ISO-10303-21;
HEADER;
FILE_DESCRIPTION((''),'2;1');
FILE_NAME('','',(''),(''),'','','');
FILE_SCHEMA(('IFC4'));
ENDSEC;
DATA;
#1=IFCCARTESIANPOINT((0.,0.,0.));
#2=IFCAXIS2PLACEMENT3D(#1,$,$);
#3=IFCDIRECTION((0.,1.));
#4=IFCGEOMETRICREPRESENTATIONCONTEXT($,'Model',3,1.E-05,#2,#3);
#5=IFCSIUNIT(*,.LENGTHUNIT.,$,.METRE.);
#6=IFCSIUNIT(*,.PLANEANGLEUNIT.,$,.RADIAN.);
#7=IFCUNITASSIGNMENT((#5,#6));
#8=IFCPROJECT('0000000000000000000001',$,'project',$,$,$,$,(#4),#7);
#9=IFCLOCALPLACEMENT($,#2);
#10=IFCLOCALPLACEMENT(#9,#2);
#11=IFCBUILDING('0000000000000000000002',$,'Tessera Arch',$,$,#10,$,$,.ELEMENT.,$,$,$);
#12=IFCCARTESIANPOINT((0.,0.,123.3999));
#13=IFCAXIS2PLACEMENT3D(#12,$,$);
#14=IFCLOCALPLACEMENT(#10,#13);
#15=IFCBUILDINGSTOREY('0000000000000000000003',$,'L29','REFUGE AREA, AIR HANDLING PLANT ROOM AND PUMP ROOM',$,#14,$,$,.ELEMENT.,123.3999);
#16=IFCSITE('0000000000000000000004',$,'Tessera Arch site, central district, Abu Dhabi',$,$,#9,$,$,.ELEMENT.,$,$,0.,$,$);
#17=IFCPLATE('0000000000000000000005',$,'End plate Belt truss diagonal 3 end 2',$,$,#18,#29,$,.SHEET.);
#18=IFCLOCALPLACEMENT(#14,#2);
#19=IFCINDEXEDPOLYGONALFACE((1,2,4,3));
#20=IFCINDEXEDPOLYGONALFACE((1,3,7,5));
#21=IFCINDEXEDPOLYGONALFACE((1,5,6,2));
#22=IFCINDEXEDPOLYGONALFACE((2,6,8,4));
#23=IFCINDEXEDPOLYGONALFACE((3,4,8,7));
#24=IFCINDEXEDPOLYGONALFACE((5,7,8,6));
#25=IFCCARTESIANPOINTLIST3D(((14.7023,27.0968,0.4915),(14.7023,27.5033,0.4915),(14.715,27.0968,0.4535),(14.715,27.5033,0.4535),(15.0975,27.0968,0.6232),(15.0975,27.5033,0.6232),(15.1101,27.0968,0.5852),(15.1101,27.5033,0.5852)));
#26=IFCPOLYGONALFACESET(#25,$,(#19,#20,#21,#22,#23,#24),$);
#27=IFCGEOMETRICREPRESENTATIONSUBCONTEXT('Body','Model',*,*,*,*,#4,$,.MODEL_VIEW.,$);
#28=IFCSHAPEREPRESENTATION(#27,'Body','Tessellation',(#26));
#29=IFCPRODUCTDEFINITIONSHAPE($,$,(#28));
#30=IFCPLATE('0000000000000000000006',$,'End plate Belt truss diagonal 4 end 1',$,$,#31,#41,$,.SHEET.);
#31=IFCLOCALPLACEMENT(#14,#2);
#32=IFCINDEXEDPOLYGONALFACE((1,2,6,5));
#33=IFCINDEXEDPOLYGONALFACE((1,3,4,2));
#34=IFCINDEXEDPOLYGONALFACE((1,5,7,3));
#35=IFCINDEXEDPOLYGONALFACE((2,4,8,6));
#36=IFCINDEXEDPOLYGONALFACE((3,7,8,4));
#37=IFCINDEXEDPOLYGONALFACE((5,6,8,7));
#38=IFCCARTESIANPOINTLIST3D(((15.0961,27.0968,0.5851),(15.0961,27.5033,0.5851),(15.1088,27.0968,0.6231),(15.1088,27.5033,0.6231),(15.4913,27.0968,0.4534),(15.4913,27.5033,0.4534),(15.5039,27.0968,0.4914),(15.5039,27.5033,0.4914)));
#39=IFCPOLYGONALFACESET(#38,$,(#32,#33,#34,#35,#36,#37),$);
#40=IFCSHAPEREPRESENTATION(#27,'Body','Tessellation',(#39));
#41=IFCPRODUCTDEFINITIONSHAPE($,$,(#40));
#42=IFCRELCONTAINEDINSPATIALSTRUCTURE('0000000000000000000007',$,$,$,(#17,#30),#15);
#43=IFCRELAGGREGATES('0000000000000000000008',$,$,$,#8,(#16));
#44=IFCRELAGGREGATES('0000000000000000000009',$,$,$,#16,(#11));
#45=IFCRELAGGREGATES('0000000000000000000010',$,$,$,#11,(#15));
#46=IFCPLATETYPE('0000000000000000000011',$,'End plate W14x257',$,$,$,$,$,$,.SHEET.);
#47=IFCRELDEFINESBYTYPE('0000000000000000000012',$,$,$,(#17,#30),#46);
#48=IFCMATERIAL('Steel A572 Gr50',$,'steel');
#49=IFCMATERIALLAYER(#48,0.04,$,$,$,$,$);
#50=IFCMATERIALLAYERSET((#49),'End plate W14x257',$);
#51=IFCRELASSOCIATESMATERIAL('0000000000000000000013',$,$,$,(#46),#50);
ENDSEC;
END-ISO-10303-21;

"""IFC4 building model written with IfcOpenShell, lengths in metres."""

from ifc_helpers import new_model, si_unit, direction, frame, origin, origin_2d, place, context, subcontext, project, spatial, rectangle, extrude, material, layer, layer_set, type_object, element, save


model = new_model("IFC4")

# Units and contexts
model_context = context("Model", 3, precision=1e-05, world=origin(), true_north=direction((0.0, 1.0)))
body_context = subcontext(model_context, "Body", "Model", "MODEL_VIEW")
ifc_project = project(units=[si_unit("LENGTHUNIT", "METRE"), si_unit("PLANEANGLEUNIT", "RADIAN")], contexts=[model_context])

# Site, building, storey
site_placement = place(None, origin())
site = spatial("IfcSite", under=ifc_project, at=site_placement, Name="Tessera Arch site, central district, Abu Dhabi", CompositionType="ELEMENT", RefElevation=0.0)
building_placement = place(site_placement, origin())
building = spatial("IfcBuilding", under=site, at=building_placement, Name="Tessera Arch", CompositionType="ELEMENT")
storey_placement = place(building_placement, frame((0.0, 0.0, 123.3999)))
storey = spatial("IfcBuildingStorey", under=building, at=storey_placement, Name="L29", Description="REFUGE AREA, AIR HANDLING PLANT ROOM AND PUMP ROOM", CompositionType="ELEMENT", Elevation=123.3999)

# Plates
ifc_material_1 = material(Name="Steel A572 Gr50", Category="steel")
ifc_layer_1 = layer(ifc_material_1, 0.04)
ifc_layer_set_1 = layer_set([ifc_layer_1], Name="End plate W14x257")
plate_type_1 = type_object("IfcPlateType", Name="End plate W14x257", PredefinedType="SHEET", material=ifc_layer_set_1)
for number, where, z_axis, x_axis, name in (
    (1, (14.8999, 27.3, 0.5574), (0.316228, 0.0, -0.948683), (0.0, 1.0, 0.0), "End plate Belt truss diagonal 3 end 2"),
    (2, (15.2937, 27.3, 0.5193), (0.316228, 0.0, 0.948683), (0.0, 1.0, 0.0), "End plate Belt truss diagonal 4 end 1"),
):
    element("IfcPlate", number, at=place(storey_placement, frame(where, z_axis=z_axis, x_axis=x_axis)), inside=storey, type_object=plate_type_1, Name=name, PredefinedType="SHEET", context=body_context, shape_type="SweptSolid", body=[
        extrude(rectangle(XDim=0.4065, YDim=0.4165, at=origin_2d()), origin(), (0.0, 0.0, 1.0), 0.04),
    ])

save(model, "model.ifc")
